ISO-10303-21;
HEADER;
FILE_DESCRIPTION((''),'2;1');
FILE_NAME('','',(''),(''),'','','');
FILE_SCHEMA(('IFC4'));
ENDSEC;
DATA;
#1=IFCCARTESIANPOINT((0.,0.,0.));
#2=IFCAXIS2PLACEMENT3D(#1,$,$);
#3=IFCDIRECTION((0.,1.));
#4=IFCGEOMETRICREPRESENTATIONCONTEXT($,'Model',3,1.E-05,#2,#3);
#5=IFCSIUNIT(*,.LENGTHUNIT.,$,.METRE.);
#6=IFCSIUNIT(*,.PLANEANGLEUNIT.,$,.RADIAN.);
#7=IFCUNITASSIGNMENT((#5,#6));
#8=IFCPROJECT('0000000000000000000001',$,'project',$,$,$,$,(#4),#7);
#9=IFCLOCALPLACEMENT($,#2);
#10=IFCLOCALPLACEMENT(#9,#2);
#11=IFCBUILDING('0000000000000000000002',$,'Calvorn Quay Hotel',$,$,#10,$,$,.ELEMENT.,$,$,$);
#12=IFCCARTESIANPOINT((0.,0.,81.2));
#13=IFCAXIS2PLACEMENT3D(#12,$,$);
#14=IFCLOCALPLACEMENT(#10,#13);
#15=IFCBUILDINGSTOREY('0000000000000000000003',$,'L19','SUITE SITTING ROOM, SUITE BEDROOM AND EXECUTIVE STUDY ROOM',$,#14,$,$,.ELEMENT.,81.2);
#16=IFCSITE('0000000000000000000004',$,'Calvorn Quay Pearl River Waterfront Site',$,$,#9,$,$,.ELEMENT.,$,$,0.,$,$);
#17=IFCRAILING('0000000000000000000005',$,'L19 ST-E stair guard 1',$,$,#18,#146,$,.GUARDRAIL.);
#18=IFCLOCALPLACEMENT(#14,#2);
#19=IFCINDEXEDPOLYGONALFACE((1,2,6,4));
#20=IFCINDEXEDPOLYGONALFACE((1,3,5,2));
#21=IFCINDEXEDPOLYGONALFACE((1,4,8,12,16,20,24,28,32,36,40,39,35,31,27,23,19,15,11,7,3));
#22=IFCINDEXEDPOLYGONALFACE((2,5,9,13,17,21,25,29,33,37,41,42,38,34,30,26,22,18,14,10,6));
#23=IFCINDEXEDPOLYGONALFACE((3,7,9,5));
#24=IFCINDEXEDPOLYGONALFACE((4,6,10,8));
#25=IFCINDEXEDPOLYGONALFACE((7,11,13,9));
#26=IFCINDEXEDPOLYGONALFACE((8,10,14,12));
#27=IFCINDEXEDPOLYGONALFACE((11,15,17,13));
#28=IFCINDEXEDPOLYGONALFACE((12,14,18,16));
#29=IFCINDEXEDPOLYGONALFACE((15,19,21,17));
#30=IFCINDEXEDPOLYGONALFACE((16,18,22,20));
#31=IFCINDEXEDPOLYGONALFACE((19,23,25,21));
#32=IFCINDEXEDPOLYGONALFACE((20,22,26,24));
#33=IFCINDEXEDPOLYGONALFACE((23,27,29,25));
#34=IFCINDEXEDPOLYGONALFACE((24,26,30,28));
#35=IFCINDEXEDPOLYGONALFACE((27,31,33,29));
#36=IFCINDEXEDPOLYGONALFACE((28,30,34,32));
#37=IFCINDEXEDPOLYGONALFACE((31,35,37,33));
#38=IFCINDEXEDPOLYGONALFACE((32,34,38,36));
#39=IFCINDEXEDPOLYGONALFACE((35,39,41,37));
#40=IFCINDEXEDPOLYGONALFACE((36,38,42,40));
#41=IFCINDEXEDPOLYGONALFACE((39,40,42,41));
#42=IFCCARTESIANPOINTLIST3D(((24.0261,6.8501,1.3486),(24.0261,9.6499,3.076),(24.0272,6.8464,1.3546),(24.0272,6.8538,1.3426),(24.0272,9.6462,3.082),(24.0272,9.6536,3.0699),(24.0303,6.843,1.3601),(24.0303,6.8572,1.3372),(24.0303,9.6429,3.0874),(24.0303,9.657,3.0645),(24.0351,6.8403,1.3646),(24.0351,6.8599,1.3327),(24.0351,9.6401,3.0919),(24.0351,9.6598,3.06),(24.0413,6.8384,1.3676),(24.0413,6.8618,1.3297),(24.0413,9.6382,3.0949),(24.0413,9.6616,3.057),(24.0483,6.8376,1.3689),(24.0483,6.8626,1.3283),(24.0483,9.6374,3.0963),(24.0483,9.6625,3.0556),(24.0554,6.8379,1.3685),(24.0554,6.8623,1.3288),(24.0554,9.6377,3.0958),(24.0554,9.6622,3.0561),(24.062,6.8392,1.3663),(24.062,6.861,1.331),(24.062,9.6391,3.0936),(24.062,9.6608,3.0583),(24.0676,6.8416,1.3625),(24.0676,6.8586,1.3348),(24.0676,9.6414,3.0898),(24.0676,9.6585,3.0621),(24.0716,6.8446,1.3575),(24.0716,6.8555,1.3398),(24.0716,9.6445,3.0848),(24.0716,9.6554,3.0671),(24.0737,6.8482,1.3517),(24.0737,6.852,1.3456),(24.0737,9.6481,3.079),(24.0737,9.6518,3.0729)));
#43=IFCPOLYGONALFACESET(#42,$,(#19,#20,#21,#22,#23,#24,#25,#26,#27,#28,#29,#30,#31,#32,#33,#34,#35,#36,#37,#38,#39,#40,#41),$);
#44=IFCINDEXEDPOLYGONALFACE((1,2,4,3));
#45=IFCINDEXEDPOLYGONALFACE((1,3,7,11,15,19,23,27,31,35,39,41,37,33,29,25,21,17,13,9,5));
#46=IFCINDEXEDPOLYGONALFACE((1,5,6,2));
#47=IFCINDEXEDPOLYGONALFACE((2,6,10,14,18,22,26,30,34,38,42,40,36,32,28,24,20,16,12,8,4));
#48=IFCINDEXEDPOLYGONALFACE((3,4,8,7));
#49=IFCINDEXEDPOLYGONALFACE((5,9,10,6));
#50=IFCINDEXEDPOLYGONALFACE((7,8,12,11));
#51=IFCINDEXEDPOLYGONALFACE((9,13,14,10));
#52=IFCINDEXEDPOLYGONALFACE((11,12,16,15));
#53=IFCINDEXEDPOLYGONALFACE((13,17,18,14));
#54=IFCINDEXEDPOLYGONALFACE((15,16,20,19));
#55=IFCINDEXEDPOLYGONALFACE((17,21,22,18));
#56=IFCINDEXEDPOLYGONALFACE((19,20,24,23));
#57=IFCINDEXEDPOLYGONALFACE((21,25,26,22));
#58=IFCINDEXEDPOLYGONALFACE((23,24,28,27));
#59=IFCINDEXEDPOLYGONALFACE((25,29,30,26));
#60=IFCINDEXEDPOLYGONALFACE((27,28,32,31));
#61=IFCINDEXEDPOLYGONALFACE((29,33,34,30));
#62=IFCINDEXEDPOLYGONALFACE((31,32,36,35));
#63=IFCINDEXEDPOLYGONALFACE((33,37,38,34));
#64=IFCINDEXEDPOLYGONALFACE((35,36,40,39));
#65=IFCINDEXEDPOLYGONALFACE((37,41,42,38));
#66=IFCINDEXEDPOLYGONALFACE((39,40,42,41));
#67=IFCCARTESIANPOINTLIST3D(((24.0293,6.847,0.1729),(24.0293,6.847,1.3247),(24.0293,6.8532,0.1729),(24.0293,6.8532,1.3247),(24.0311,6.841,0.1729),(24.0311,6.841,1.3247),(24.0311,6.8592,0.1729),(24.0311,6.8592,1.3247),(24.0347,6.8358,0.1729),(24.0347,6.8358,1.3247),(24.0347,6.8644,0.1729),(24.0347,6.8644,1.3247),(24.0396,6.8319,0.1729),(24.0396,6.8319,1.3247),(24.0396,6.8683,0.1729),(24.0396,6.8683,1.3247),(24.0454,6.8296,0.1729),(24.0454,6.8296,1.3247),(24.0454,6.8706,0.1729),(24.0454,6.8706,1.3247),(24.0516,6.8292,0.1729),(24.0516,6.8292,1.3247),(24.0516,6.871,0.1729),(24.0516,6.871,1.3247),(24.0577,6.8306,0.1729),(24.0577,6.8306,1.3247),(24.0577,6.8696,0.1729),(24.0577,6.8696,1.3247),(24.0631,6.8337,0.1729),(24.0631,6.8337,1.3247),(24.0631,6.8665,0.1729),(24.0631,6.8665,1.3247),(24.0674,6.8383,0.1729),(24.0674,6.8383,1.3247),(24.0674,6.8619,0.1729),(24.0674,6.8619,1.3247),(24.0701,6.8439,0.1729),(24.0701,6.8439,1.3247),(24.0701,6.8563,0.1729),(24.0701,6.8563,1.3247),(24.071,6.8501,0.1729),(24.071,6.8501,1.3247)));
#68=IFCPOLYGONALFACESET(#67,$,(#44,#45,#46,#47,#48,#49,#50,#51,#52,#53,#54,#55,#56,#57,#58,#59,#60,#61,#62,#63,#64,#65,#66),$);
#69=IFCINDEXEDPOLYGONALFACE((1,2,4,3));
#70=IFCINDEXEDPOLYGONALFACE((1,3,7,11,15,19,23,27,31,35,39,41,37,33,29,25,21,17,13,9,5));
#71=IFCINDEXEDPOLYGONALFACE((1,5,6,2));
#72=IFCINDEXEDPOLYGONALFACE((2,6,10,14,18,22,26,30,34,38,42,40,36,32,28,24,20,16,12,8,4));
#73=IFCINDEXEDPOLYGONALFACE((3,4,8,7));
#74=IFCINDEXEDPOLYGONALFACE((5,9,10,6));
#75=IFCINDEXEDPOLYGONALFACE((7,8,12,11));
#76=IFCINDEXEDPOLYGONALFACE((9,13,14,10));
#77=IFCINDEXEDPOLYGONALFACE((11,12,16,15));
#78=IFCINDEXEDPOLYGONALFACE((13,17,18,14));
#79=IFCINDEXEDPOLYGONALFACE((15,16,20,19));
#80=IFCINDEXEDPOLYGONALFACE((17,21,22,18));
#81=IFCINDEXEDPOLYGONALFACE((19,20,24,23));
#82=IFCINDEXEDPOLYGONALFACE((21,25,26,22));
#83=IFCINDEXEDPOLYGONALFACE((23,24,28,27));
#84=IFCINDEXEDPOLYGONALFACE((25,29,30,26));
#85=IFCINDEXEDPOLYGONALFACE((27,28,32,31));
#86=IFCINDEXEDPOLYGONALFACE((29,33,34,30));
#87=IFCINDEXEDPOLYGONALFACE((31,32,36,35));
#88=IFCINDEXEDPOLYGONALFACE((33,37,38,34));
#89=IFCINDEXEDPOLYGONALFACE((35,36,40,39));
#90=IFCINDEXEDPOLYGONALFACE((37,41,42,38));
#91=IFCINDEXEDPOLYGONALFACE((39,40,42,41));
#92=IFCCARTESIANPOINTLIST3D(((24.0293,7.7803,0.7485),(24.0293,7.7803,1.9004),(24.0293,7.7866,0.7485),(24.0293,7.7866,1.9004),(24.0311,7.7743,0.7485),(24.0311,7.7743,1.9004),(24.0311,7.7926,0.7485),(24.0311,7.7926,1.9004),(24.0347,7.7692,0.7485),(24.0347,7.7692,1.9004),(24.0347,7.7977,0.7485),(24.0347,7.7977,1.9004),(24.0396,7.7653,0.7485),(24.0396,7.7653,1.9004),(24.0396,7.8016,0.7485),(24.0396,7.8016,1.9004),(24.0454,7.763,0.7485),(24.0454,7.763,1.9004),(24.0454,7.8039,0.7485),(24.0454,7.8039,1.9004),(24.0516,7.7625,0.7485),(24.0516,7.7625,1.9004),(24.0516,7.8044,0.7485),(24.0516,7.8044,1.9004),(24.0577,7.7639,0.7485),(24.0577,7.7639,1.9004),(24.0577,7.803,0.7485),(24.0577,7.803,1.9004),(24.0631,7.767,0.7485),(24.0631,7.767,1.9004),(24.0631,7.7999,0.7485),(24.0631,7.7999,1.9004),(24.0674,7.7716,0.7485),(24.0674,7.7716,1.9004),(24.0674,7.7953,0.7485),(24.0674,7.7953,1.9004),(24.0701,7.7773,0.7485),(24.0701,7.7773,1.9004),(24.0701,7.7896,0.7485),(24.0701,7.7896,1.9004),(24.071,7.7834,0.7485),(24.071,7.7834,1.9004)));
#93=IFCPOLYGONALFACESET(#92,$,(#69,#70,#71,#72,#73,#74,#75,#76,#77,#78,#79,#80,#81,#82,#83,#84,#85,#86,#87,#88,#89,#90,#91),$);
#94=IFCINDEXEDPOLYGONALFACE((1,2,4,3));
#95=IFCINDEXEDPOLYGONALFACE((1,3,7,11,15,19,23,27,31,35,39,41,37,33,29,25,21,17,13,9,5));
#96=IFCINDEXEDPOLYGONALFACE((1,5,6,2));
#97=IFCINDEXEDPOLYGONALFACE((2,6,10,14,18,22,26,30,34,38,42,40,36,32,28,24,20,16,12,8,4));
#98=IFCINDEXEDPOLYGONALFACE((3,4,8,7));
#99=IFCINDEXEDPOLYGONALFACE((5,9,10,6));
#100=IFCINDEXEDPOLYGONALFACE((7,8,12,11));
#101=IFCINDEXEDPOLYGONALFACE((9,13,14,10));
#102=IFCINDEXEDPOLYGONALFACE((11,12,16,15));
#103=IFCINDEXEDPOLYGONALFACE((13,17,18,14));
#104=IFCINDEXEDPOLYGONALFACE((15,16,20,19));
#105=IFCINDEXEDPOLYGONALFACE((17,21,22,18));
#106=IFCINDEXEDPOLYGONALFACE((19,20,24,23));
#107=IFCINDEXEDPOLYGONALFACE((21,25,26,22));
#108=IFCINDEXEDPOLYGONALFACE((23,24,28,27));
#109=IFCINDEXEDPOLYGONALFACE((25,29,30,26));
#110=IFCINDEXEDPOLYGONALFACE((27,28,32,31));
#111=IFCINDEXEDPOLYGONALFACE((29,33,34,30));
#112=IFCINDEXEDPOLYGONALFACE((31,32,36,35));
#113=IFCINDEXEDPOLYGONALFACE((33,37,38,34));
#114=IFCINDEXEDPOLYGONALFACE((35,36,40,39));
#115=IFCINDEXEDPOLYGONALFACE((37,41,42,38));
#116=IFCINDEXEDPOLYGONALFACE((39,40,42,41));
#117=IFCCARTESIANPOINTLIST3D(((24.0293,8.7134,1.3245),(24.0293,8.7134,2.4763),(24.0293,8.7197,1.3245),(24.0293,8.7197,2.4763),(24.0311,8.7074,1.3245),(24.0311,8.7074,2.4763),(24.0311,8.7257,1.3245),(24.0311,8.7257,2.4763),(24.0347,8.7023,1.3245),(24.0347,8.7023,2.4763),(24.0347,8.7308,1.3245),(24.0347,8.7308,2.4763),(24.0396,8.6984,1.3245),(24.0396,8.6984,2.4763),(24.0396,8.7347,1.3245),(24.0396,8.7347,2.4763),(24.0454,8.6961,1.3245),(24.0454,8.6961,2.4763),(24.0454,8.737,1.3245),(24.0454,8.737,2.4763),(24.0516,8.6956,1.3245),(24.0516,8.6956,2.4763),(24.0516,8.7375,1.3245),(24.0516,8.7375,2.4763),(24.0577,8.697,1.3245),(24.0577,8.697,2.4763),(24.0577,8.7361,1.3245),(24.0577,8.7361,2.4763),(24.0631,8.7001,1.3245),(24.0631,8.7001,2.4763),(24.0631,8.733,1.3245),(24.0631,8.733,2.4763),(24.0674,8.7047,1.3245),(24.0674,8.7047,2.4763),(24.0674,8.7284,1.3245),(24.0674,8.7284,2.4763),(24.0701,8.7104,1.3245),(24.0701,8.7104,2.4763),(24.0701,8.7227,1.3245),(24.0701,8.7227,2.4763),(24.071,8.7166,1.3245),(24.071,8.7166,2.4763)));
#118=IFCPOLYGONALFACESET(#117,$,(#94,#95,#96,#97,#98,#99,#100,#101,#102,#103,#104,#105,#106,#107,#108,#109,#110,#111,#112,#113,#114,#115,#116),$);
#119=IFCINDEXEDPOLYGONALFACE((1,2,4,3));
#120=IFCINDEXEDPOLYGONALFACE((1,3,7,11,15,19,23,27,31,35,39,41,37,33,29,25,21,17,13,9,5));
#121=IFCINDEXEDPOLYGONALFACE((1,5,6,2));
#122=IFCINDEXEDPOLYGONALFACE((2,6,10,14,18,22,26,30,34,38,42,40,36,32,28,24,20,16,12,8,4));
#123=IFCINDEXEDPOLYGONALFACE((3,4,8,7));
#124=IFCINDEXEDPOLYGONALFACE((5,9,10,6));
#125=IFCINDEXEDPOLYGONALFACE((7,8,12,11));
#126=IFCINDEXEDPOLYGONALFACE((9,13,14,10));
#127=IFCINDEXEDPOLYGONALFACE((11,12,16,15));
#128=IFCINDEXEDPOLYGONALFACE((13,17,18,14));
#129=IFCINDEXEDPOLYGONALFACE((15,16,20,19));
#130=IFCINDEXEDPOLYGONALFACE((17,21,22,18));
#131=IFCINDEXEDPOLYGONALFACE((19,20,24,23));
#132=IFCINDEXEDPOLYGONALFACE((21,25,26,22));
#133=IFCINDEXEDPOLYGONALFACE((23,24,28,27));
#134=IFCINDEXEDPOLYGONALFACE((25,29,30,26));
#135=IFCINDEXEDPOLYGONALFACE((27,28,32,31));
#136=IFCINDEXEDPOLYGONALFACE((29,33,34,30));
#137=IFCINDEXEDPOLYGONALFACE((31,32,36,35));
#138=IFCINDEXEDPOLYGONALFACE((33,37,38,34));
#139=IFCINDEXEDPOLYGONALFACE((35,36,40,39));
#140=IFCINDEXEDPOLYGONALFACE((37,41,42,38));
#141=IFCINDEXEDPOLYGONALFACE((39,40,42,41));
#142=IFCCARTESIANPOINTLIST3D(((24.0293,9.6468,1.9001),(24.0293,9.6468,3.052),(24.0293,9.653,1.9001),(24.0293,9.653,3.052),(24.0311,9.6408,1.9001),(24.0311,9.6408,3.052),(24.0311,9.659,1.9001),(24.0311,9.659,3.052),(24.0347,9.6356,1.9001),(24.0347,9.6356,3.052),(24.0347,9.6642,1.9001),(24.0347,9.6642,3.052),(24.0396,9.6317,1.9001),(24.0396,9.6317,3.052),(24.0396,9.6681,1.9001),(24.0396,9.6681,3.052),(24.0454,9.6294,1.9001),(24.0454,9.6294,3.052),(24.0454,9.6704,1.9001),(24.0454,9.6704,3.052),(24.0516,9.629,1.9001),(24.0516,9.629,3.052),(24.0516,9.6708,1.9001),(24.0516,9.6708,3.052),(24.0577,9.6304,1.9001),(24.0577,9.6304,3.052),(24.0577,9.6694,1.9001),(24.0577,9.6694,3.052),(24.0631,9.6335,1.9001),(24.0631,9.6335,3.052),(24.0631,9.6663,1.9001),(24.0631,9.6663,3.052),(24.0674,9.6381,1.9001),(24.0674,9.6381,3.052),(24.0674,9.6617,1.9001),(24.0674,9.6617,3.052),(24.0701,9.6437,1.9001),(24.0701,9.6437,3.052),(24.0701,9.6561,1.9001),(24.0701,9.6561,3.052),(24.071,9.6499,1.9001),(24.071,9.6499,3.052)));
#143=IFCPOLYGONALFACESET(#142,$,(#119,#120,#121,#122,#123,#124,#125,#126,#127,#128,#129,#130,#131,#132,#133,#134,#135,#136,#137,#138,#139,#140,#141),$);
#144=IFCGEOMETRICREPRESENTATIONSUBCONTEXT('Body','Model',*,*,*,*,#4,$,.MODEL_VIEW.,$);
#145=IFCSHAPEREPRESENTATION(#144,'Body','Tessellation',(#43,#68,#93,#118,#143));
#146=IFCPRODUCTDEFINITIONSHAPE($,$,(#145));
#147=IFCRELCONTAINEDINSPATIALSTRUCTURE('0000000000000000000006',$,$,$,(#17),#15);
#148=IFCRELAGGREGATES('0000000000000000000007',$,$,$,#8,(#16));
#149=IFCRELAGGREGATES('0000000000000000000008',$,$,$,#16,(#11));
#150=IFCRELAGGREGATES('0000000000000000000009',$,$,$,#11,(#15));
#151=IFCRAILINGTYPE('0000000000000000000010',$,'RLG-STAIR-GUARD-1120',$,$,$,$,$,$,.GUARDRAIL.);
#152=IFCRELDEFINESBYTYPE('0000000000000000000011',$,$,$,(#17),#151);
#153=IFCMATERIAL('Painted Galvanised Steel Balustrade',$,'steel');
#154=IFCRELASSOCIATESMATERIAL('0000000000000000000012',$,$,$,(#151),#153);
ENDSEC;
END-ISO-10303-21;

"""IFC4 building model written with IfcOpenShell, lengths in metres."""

from ifc_helpers import new_model, si_unit, direction, frame, origin, origin_2d, place, context, subcontext, project, spatial, circle, extrude, material, type_object, element, save


model = new_model("IFC4")

# Units and contexts
model_context = context("Model", 3, precision=1e-05, world=origin(), true_north=direction((0.0, 1.0)))
body_context = subcontext(model_context, "Body", "Model", "MODEL_VIEW")
ifc_project = project(units=[si_unit("LENGTHUNIT", "METRE"), si_unit("PLANEANGLEUNIT", "RADIAN")], contexts=[model_context])

# Site, building, storey
site_placement = place(None, origin())
site = spatial("IfcSite", under=ifc_project, at=site_placement, Name="Calvorn Quay Pearl River Waterfront Site", CompositionType="ELEMENT", RefElevation=0.0)
building_placement = place(site_placement, origin())
building = spatial("IfcBuilding", under=site, at=building_placement, Name="Calvorn Quay Hotel", CompositionType="ELEMENT")
storey_placement = place(building_placement, frame((0.0, 0.0, 81.2)))
storey = spatial("IfcBuildingStorey", under=building, at=storey_placement, Name="L19", Description="SUITE SITTING ROOM, SUITE BEDROOM AND EXECUTIVE STUDY ROOM", CompositionType="ELEMENT", Elevation=81.2)

# Railing
ifc_material_1 = material(Name="Painted Galvanised Steel Balustrade", Category="steel")
railing_type_1 = type_object("IfcRailingType", Name="RLG-STAIR-GUARD-1120", PredefinedType="GUARDRAIL", material=ifc_material_1)
railing_1_placement = place(storey_placement, frame((24.05, 6.8501, 0.1729)))
element("IfcRailing", 1, at=railing_1_placement, inside=storey, type_object=railing_type_1, Name="L19 ST-E stair guard 1", PredefinedType="GUARDRAIL", context=body_context, shape_type="SweptSolid", body=[
    extrude(circle(Radius=0.0239, at=origin_2d()), frame((0.0, 0.0, 1.1758), z_axis=(0.0, 0.851069, 0.525054), x_axis=(-1.0, 0.0, 0.0)), (0.0, 0.0, 1.0), 3.2898),
    extrude(circle(Radius=0.021, at=origin_2d()), origin(), (0.0, 0.0, 1.0), 1.1519),
    extrude(circle(Radius=0.021, at=origin_2d()), frame((0.0, 0.9333, 0.5757)), (0.0, 0.0, 1.0), 1.1519),
    extrude(circle(Radius=0.021, at=origin_2d()), frame((0.0, 1.8665, 1.1516)), (0.0, 0.0, 1.0), 1.1519),
    extrude(circle(Radius=0.021, at=origin_2d()), frame((0.0, 2.7998, 1.7273)), (0.0, 0.0, 1.0), 1.1519),
])

save(model, "model.ifc")
